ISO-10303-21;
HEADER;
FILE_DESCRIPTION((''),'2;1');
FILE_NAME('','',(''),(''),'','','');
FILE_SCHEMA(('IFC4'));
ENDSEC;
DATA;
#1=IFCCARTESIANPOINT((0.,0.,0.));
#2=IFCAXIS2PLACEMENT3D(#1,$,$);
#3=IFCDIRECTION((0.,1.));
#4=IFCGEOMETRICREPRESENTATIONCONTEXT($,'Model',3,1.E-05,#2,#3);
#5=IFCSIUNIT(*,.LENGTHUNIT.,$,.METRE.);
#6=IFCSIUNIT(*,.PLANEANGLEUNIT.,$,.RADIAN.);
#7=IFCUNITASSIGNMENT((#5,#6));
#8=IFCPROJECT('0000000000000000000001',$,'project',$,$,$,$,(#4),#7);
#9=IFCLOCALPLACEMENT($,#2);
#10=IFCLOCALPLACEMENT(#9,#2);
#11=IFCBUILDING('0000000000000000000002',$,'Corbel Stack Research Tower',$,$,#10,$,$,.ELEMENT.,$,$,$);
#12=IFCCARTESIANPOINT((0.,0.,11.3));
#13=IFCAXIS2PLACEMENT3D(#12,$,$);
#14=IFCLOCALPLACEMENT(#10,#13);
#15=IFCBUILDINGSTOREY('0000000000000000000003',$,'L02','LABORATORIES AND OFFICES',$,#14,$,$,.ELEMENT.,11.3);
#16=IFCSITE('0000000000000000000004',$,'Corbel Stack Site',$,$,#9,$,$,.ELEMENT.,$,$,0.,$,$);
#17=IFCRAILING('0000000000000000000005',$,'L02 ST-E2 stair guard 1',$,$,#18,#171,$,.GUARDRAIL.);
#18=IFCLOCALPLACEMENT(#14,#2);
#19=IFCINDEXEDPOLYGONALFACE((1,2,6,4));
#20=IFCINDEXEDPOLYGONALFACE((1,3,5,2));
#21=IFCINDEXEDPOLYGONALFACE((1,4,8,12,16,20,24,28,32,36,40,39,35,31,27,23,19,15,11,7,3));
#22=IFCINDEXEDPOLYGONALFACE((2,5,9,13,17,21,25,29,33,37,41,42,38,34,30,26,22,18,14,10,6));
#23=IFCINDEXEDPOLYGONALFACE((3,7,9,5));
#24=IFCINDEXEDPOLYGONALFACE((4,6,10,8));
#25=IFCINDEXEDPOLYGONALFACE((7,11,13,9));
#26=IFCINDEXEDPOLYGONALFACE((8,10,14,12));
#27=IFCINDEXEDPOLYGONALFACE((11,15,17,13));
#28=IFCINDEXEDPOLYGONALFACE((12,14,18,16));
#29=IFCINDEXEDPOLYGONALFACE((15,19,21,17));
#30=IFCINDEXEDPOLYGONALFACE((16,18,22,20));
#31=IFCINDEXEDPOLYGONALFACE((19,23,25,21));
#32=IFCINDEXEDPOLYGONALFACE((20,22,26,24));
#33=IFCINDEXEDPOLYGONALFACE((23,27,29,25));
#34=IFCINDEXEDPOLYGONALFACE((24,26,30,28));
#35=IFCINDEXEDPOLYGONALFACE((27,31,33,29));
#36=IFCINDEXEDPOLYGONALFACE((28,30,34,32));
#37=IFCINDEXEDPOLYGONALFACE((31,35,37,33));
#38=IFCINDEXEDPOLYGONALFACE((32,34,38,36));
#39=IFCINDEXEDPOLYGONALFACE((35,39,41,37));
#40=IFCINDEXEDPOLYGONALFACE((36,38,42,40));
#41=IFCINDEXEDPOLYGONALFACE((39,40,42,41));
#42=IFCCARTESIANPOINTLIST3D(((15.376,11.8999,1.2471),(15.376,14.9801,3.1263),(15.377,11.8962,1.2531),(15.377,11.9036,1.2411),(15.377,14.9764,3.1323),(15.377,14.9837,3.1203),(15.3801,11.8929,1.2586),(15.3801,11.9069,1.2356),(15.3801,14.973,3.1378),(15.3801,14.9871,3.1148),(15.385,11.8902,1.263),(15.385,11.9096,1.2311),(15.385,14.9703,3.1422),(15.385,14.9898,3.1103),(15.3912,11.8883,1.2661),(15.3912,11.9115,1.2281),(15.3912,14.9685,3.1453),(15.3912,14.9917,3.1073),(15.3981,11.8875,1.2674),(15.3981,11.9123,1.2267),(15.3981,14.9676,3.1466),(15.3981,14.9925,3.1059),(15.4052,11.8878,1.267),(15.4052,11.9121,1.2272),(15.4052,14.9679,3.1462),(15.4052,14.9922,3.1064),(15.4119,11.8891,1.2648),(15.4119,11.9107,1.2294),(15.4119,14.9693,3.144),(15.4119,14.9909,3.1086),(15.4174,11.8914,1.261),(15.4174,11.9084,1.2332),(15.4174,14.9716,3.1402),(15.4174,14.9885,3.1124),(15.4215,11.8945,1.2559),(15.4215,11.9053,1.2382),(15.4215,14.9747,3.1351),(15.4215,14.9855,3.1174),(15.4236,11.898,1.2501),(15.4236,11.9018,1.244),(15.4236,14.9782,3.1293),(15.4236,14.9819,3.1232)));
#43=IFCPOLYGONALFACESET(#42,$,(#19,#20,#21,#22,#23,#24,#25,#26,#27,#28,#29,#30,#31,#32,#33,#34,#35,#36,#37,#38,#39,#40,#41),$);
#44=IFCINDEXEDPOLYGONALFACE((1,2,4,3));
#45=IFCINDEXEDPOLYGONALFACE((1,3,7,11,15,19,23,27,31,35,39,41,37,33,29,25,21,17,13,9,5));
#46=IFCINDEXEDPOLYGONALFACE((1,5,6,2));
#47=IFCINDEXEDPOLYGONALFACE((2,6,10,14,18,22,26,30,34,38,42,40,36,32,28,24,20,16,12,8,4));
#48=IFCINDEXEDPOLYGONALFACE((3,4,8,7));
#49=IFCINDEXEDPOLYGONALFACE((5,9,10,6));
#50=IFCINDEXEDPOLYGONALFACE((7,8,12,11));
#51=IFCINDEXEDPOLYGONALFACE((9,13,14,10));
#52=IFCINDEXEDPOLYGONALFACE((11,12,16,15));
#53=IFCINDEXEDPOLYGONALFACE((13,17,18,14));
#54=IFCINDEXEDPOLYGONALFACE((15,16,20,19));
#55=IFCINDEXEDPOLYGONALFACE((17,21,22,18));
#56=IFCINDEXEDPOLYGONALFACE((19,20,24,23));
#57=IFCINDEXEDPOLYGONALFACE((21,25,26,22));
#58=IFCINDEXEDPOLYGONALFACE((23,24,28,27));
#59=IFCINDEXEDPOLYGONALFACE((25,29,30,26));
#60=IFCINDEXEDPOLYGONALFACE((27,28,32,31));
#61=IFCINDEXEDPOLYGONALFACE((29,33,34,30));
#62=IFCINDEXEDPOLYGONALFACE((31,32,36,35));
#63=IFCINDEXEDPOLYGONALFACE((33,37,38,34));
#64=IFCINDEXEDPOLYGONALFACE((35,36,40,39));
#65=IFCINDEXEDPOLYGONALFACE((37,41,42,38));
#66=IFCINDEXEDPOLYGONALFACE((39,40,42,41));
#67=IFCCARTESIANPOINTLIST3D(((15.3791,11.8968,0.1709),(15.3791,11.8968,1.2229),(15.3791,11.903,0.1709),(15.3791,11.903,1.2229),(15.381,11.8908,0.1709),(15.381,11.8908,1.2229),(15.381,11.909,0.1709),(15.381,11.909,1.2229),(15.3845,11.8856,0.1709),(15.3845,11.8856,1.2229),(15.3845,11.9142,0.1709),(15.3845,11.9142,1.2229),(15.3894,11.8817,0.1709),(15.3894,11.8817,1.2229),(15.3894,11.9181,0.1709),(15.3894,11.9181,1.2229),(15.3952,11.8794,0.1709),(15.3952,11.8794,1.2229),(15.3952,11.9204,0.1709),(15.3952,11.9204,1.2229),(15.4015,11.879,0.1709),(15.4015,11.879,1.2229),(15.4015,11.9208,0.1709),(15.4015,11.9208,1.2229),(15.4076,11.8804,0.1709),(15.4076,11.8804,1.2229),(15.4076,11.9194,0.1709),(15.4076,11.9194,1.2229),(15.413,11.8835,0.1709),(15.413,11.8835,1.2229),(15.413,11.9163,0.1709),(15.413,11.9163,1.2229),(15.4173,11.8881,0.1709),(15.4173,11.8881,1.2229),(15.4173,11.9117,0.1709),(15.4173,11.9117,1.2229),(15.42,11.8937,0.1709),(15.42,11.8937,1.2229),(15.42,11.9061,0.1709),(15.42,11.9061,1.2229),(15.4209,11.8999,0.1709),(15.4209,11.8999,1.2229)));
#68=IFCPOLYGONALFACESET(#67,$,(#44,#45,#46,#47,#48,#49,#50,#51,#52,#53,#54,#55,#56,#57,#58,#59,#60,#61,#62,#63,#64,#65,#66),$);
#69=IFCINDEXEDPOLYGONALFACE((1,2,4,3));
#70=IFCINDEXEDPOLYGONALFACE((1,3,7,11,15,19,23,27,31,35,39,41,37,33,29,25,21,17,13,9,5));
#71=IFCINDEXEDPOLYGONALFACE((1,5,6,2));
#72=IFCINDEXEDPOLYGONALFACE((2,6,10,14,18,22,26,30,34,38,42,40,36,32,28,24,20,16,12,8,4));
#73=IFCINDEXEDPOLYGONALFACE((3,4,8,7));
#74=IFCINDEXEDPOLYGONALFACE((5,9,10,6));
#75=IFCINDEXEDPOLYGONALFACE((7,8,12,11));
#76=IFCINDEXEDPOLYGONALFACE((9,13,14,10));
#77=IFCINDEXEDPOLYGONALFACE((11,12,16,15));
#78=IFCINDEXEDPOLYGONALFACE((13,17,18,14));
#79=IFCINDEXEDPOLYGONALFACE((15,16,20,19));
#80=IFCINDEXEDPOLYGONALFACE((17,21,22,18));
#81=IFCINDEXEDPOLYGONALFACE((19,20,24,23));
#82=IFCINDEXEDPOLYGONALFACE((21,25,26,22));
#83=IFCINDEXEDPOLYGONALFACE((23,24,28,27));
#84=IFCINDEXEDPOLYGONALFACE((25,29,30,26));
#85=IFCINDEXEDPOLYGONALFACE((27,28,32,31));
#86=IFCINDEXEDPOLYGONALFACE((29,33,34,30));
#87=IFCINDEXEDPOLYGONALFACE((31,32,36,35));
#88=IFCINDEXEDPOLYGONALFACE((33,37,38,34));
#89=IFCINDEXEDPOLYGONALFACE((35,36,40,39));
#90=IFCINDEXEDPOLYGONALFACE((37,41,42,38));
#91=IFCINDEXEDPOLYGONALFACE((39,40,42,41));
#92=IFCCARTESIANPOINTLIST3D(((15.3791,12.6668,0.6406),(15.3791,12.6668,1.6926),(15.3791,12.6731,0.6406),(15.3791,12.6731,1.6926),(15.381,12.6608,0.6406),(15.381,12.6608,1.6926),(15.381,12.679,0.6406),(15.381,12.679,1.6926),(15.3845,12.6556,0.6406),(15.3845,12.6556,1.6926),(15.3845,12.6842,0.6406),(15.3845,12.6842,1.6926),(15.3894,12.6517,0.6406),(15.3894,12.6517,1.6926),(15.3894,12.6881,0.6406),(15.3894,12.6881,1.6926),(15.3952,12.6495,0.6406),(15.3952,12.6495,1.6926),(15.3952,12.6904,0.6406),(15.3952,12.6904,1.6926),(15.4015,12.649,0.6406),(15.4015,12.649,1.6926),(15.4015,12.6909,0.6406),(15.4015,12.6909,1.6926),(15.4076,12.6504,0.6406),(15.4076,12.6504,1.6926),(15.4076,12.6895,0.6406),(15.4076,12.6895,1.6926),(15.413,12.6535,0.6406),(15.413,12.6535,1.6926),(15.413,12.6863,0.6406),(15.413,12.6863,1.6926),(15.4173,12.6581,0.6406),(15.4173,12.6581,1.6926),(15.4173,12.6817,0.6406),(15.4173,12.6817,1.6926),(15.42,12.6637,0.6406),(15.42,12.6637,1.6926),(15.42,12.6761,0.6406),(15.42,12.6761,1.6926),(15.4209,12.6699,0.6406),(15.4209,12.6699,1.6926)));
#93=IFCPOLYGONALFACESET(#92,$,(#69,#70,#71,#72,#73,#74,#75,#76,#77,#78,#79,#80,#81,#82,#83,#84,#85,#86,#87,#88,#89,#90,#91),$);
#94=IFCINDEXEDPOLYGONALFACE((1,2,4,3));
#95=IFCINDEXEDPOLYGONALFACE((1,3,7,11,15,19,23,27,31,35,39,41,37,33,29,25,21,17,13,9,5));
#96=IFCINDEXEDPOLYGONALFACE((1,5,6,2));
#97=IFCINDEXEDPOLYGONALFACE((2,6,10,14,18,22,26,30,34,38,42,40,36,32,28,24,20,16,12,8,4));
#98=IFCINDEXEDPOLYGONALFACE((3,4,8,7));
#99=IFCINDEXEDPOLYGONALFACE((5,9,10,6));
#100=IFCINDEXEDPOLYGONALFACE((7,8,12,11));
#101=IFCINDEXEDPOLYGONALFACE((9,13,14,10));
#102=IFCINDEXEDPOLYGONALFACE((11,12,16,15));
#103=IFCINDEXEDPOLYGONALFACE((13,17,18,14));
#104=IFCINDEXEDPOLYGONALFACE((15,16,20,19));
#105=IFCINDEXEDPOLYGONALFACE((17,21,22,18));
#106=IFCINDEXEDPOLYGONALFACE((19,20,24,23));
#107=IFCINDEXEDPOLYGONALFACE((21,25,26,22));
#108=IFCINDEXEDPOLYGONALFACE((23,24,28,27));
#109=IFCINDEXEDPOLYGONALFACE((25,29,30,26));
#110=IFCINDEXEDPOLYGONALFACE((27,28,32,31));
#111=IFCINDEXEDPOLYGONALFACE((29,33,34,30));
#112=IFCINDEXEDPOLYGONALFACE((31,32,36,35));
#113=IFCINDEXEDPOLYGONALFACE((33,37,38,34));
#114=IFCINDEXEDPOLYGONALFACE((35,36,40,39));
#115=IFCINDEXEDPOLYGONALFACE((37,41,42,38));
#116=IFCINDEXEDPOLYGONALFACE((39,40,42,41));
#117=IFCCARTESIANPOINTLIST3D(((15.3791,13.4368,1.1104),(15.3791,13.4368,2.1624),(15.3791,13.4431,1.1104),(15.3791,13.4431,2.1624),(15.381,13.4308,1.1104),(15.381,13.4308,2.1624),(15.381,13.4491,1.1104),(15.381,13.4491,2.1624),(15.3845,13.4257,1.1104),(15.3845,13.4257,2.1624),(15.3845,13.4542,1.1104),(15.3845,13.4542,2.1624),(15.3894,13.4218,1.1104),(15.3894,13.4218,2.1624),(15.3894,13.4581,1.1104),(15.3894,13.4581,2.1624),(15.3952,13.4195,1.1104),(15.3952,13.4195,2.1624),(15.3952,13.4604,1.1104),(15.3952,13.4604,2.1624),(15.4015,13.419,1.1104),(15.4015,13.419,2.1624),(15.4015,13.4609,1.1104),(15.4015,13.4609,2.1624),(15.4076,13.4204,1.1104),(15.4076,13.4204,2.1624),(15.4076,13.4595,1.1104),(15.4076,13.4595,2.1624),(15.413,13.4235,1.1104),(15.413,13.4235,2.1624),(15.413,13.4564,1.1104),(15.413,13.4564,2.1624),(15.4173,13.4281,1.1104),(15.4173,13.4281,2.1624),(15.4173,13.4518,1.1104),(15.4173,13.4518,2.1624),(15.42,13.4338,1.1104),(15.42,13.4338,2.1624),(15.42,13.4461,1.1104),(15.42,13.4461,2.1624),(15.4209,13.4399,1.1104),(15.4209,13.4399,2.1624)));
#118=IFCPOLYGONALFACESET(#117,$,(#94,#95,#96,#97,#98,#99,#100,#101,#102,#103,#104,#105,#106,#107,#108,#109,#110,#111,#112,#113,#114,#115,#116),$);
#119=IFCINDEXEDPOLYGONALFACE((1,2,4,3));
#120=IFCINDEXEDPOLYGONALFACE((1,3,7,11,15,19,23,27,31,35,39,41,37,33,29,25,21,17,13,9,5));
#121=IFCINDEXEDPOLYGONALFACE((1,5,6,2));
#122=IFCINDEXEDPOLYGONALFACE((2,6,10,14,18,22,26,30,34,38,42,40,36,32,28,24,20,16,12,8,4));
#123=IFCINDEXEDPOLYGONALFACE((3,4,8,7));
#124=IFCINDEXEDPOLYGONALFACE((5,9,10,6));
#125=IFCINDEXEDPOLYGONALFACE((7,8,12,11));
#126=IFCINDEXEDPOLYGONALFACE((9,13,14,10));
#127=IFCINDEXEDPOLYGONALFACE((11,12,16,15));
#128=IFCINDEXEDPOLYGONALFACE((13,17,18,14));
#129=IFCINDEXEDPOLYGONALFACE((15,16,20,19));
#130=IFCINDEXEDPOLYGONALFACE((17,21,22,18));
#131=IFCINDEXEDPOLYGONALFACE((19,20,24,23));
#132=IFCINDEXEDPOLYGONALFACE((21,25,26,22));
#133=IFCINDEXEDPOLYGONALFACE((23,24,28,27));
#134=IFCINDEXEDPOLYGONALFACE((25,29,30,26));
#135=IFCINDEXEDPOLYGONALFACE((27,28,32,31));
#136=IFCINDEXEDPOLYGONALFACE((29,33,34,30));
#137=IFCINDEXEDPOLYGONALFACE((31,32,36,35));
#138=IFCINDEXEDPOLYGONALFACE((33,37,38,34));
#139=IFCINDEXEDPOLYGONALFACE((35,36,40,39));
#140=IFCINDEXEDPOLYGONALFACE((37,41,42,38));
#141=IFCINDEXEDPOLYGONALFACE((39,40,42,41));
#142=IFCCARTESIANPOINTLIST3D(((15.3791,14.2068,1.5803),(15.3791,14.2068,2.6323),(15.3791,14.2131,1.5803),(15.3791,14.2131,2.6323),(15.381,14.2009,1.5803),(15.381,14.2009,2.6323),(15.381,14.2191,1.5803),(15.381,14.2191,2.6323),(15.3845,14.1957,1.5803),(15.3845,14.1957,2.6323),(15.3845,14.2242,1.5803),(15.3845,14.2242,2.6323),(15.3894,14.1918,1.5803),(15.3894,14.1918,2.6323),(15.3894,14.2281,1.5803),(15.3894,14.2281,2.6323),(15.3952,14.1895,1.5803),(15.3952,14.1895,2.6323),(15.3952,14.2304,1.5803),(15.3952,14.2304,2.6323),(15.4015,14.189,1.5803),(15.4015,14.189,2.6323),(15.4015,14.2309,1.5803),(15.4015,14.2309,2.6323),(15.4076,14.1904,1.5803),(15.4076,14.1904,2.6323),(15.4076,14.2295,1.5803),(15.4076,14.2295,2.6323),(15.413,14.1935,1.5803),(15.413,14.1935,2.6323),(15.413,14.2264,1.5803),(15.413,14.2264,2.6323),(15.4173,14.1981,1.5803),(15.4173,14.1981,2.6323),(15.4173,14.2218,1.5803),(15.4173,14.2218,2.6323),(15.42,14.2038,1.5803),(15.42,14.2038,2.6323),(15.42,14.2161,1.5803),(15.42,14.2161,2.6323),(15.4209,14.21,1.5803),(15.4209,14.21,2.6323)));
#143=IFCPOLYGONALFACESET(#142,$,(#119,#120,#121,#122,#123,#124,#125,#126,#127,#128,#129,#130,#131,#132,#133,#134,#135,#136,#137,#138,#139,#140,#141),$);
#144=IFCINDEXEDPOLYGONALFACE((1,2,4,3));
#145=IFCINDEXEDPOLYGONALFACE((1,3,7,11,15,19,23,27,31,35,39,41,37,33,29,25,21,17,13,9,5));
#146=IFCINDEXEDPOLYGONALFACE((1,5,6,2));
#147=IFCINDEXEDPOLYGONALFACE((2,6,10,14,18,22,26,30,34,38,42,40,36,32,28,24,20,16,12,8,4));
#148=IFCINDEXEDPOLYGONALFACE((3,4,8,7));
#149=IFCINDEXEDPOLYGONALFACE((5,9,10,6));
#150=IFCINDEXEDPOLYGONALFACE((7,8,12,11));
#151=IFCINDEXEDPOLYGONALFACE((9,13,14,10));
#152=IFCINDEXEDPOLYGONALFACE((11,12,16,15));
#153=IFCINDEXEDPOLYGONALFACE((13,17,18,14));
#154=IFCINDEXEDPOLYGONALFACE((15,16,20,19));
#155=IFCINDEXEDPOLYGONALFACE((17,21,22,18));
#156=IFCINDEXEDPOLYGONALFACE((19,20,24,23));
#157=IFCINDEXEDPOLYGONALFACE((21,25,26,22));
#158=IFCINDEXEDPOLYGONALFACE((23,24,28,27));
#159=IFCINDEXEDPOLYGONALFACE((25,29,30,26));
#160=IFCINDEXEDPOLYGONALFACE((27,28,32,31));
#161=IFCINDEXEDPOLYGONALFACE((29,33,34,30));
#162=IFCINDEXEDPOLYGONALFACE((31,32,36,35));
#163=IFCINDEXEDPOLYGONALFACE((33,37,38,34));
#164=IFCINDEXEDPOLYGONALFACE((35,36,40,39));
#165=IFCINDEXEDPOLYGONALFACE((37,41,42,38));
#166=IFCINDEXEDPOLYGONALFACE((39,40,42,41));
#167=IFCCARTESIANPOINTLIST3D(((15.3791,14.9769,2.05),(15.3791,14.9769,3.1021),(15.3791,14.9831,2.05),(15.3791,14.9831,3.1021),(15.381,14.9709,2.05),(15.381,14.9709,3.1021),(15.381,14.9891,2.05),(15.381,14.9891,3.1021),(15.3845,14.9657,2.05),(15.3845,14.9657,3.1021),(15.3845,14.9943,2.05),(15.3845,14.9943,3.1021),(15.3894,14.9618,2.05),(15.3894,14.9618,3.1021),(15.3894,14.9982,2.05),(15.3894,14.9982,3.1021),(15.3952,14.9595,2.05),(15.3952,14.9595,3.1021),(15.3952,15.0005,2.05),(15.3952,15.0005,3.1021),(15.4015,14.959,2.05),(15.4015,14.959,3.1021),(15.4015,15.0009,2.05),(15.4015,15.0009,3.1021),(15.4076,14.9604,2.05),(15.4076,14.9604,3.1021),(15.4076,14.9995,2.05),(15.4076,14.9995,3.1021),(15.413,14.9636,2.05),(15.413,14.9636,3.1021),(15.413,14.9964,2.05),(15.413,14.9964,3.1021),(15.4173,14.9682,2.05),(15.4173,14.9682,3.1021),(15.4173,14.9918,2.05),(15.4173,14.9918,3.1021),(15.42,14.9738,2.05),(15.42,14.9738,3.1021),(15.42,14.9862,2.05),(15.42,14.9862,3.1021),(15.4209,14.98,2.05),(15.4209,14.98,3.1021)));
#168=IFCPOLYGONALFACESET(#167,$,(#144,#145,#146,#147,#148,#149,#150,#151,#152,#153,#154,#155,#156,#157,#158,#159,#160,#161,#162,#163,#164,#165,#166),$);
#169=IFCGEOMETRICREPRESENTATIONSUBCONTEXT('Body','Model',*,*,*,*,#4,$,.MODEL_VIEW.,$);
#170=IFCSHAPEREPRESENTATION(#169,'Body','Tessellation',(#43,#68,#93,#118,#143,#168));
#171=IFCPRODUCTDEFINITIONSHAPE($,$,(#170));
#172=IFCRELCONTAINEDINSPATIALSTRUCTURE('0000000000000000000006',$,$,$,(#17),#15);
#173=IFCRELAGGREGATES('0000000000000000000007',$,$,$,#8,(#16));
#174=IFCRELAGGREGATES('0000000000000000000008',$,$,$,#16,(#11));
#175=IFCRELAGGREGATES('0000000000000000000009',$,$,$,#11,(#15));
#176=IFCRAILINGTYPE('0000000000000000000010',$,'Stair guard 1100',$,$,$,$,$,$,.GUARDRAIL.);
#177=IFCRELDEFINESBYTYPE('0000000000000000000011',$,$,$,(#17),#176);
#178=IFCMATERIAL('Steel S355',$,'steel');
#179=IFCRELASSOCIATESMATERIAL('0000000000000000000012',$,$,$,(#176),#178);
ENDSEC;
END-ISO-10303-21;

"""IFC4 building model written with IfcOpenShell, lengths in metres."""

from ifc_helpers import new_model, si_unit, direction, frame, origin, origin_2d, place, context, subcontext, project, spatial, circle, extrude, material, type_object, element, save


model = new_model("IFC4")

# Units and contexts
model_context = context("Model", 3, precision=1e-05, world=origin(), true_north=direction((0.0, 1.0)))
body_context = subcontext(model_context, "Body", "Model", "MODEL_VIEW")
ifc_project = project(units=[si_unit("LENGTHUNIT", "METRE"), si_unit("PLANEANGLEUNIT", "RADIAN")], contexts=[model_context])

# Site, building, storey
site_placement = place(None, origin())
site = spatial("IfcSite", under=ifc_project, at=site_placement, Name="Corbel Stack Site", CompositionType="ELEMENT", RefElevation=0.0)
building_placement = place(site_placement, origin())
building = spatial("IfcBuilding", under=site, at=building_placement, Name="Corbel Stack Research Tower", CompositionType="ELEMENT")
storey_placement = place(building_placement, frame((0.0, 0.0, 11.3)))
storey = spatial("IfcBuildingStorey", under=building, at=storey_placement, Name="L02", Description="LABORATORIES AND OFFICES", CompositionType="ELEMENT", Elevation=11.3)

# Railing
ifc_material_1 = material(Name="Steel S355", Category="steel")
railing_type_1 = type_object("IfcRailingType", Name="Stair guard 1100", PredefinedType="GUARDRAIL", material=ifc_material_1)
railing_1_placement = place(storey_placement, frame((15.3999, 11.8999, 0.1709)))
element("IfcRailing", 1, at=railing_1_placement, inside=storey, type_object=railing_type_1, Name="L02 ST-E2 stair guard 1", PredefinedType="GUARDRAIL", context=body_context, shape_type="SweptSolid", body=[
    extrude(circle(Radius=0.0239, at=origin_2d()), frame((0.0, 0.0, 1.0762), z_axis=(0.0, 0.853666, 0.52082), x_axis=(-1.0, 0.0, 0.0)), (0.0, 0.0, 1.0), 3.6082),
    extrude(circle(Radius=0.021, at=origin_2d()), origin(), (0.0, 0.0, 1.0), 1.052),
    extrude(circle(Radius=0.021, at=origin_2d()), frame((0.0, 0.77, 0.4697)), (0.0, 0.0, 1.0), 1.052),
    extrude(circle(Radius=0.021, at=origin_2d()), frame((0.0, 1.54, 0.9395)), (0.0, 0.0, 1.0), 1.052),
    extrude(circle(Radius=0.021, at=origin_2d()), frame((0.0, 2.3101, 1.4094)), (0.0, 0.0, 1.0), 1.052),
    extrude(circle(Radius=0.021, at=origin_2d()), frame((0.0, 3.0801, 1.8792)), (0.0, 0.0, 1.0), 1.052),
])

save(model, "model.ifc")
